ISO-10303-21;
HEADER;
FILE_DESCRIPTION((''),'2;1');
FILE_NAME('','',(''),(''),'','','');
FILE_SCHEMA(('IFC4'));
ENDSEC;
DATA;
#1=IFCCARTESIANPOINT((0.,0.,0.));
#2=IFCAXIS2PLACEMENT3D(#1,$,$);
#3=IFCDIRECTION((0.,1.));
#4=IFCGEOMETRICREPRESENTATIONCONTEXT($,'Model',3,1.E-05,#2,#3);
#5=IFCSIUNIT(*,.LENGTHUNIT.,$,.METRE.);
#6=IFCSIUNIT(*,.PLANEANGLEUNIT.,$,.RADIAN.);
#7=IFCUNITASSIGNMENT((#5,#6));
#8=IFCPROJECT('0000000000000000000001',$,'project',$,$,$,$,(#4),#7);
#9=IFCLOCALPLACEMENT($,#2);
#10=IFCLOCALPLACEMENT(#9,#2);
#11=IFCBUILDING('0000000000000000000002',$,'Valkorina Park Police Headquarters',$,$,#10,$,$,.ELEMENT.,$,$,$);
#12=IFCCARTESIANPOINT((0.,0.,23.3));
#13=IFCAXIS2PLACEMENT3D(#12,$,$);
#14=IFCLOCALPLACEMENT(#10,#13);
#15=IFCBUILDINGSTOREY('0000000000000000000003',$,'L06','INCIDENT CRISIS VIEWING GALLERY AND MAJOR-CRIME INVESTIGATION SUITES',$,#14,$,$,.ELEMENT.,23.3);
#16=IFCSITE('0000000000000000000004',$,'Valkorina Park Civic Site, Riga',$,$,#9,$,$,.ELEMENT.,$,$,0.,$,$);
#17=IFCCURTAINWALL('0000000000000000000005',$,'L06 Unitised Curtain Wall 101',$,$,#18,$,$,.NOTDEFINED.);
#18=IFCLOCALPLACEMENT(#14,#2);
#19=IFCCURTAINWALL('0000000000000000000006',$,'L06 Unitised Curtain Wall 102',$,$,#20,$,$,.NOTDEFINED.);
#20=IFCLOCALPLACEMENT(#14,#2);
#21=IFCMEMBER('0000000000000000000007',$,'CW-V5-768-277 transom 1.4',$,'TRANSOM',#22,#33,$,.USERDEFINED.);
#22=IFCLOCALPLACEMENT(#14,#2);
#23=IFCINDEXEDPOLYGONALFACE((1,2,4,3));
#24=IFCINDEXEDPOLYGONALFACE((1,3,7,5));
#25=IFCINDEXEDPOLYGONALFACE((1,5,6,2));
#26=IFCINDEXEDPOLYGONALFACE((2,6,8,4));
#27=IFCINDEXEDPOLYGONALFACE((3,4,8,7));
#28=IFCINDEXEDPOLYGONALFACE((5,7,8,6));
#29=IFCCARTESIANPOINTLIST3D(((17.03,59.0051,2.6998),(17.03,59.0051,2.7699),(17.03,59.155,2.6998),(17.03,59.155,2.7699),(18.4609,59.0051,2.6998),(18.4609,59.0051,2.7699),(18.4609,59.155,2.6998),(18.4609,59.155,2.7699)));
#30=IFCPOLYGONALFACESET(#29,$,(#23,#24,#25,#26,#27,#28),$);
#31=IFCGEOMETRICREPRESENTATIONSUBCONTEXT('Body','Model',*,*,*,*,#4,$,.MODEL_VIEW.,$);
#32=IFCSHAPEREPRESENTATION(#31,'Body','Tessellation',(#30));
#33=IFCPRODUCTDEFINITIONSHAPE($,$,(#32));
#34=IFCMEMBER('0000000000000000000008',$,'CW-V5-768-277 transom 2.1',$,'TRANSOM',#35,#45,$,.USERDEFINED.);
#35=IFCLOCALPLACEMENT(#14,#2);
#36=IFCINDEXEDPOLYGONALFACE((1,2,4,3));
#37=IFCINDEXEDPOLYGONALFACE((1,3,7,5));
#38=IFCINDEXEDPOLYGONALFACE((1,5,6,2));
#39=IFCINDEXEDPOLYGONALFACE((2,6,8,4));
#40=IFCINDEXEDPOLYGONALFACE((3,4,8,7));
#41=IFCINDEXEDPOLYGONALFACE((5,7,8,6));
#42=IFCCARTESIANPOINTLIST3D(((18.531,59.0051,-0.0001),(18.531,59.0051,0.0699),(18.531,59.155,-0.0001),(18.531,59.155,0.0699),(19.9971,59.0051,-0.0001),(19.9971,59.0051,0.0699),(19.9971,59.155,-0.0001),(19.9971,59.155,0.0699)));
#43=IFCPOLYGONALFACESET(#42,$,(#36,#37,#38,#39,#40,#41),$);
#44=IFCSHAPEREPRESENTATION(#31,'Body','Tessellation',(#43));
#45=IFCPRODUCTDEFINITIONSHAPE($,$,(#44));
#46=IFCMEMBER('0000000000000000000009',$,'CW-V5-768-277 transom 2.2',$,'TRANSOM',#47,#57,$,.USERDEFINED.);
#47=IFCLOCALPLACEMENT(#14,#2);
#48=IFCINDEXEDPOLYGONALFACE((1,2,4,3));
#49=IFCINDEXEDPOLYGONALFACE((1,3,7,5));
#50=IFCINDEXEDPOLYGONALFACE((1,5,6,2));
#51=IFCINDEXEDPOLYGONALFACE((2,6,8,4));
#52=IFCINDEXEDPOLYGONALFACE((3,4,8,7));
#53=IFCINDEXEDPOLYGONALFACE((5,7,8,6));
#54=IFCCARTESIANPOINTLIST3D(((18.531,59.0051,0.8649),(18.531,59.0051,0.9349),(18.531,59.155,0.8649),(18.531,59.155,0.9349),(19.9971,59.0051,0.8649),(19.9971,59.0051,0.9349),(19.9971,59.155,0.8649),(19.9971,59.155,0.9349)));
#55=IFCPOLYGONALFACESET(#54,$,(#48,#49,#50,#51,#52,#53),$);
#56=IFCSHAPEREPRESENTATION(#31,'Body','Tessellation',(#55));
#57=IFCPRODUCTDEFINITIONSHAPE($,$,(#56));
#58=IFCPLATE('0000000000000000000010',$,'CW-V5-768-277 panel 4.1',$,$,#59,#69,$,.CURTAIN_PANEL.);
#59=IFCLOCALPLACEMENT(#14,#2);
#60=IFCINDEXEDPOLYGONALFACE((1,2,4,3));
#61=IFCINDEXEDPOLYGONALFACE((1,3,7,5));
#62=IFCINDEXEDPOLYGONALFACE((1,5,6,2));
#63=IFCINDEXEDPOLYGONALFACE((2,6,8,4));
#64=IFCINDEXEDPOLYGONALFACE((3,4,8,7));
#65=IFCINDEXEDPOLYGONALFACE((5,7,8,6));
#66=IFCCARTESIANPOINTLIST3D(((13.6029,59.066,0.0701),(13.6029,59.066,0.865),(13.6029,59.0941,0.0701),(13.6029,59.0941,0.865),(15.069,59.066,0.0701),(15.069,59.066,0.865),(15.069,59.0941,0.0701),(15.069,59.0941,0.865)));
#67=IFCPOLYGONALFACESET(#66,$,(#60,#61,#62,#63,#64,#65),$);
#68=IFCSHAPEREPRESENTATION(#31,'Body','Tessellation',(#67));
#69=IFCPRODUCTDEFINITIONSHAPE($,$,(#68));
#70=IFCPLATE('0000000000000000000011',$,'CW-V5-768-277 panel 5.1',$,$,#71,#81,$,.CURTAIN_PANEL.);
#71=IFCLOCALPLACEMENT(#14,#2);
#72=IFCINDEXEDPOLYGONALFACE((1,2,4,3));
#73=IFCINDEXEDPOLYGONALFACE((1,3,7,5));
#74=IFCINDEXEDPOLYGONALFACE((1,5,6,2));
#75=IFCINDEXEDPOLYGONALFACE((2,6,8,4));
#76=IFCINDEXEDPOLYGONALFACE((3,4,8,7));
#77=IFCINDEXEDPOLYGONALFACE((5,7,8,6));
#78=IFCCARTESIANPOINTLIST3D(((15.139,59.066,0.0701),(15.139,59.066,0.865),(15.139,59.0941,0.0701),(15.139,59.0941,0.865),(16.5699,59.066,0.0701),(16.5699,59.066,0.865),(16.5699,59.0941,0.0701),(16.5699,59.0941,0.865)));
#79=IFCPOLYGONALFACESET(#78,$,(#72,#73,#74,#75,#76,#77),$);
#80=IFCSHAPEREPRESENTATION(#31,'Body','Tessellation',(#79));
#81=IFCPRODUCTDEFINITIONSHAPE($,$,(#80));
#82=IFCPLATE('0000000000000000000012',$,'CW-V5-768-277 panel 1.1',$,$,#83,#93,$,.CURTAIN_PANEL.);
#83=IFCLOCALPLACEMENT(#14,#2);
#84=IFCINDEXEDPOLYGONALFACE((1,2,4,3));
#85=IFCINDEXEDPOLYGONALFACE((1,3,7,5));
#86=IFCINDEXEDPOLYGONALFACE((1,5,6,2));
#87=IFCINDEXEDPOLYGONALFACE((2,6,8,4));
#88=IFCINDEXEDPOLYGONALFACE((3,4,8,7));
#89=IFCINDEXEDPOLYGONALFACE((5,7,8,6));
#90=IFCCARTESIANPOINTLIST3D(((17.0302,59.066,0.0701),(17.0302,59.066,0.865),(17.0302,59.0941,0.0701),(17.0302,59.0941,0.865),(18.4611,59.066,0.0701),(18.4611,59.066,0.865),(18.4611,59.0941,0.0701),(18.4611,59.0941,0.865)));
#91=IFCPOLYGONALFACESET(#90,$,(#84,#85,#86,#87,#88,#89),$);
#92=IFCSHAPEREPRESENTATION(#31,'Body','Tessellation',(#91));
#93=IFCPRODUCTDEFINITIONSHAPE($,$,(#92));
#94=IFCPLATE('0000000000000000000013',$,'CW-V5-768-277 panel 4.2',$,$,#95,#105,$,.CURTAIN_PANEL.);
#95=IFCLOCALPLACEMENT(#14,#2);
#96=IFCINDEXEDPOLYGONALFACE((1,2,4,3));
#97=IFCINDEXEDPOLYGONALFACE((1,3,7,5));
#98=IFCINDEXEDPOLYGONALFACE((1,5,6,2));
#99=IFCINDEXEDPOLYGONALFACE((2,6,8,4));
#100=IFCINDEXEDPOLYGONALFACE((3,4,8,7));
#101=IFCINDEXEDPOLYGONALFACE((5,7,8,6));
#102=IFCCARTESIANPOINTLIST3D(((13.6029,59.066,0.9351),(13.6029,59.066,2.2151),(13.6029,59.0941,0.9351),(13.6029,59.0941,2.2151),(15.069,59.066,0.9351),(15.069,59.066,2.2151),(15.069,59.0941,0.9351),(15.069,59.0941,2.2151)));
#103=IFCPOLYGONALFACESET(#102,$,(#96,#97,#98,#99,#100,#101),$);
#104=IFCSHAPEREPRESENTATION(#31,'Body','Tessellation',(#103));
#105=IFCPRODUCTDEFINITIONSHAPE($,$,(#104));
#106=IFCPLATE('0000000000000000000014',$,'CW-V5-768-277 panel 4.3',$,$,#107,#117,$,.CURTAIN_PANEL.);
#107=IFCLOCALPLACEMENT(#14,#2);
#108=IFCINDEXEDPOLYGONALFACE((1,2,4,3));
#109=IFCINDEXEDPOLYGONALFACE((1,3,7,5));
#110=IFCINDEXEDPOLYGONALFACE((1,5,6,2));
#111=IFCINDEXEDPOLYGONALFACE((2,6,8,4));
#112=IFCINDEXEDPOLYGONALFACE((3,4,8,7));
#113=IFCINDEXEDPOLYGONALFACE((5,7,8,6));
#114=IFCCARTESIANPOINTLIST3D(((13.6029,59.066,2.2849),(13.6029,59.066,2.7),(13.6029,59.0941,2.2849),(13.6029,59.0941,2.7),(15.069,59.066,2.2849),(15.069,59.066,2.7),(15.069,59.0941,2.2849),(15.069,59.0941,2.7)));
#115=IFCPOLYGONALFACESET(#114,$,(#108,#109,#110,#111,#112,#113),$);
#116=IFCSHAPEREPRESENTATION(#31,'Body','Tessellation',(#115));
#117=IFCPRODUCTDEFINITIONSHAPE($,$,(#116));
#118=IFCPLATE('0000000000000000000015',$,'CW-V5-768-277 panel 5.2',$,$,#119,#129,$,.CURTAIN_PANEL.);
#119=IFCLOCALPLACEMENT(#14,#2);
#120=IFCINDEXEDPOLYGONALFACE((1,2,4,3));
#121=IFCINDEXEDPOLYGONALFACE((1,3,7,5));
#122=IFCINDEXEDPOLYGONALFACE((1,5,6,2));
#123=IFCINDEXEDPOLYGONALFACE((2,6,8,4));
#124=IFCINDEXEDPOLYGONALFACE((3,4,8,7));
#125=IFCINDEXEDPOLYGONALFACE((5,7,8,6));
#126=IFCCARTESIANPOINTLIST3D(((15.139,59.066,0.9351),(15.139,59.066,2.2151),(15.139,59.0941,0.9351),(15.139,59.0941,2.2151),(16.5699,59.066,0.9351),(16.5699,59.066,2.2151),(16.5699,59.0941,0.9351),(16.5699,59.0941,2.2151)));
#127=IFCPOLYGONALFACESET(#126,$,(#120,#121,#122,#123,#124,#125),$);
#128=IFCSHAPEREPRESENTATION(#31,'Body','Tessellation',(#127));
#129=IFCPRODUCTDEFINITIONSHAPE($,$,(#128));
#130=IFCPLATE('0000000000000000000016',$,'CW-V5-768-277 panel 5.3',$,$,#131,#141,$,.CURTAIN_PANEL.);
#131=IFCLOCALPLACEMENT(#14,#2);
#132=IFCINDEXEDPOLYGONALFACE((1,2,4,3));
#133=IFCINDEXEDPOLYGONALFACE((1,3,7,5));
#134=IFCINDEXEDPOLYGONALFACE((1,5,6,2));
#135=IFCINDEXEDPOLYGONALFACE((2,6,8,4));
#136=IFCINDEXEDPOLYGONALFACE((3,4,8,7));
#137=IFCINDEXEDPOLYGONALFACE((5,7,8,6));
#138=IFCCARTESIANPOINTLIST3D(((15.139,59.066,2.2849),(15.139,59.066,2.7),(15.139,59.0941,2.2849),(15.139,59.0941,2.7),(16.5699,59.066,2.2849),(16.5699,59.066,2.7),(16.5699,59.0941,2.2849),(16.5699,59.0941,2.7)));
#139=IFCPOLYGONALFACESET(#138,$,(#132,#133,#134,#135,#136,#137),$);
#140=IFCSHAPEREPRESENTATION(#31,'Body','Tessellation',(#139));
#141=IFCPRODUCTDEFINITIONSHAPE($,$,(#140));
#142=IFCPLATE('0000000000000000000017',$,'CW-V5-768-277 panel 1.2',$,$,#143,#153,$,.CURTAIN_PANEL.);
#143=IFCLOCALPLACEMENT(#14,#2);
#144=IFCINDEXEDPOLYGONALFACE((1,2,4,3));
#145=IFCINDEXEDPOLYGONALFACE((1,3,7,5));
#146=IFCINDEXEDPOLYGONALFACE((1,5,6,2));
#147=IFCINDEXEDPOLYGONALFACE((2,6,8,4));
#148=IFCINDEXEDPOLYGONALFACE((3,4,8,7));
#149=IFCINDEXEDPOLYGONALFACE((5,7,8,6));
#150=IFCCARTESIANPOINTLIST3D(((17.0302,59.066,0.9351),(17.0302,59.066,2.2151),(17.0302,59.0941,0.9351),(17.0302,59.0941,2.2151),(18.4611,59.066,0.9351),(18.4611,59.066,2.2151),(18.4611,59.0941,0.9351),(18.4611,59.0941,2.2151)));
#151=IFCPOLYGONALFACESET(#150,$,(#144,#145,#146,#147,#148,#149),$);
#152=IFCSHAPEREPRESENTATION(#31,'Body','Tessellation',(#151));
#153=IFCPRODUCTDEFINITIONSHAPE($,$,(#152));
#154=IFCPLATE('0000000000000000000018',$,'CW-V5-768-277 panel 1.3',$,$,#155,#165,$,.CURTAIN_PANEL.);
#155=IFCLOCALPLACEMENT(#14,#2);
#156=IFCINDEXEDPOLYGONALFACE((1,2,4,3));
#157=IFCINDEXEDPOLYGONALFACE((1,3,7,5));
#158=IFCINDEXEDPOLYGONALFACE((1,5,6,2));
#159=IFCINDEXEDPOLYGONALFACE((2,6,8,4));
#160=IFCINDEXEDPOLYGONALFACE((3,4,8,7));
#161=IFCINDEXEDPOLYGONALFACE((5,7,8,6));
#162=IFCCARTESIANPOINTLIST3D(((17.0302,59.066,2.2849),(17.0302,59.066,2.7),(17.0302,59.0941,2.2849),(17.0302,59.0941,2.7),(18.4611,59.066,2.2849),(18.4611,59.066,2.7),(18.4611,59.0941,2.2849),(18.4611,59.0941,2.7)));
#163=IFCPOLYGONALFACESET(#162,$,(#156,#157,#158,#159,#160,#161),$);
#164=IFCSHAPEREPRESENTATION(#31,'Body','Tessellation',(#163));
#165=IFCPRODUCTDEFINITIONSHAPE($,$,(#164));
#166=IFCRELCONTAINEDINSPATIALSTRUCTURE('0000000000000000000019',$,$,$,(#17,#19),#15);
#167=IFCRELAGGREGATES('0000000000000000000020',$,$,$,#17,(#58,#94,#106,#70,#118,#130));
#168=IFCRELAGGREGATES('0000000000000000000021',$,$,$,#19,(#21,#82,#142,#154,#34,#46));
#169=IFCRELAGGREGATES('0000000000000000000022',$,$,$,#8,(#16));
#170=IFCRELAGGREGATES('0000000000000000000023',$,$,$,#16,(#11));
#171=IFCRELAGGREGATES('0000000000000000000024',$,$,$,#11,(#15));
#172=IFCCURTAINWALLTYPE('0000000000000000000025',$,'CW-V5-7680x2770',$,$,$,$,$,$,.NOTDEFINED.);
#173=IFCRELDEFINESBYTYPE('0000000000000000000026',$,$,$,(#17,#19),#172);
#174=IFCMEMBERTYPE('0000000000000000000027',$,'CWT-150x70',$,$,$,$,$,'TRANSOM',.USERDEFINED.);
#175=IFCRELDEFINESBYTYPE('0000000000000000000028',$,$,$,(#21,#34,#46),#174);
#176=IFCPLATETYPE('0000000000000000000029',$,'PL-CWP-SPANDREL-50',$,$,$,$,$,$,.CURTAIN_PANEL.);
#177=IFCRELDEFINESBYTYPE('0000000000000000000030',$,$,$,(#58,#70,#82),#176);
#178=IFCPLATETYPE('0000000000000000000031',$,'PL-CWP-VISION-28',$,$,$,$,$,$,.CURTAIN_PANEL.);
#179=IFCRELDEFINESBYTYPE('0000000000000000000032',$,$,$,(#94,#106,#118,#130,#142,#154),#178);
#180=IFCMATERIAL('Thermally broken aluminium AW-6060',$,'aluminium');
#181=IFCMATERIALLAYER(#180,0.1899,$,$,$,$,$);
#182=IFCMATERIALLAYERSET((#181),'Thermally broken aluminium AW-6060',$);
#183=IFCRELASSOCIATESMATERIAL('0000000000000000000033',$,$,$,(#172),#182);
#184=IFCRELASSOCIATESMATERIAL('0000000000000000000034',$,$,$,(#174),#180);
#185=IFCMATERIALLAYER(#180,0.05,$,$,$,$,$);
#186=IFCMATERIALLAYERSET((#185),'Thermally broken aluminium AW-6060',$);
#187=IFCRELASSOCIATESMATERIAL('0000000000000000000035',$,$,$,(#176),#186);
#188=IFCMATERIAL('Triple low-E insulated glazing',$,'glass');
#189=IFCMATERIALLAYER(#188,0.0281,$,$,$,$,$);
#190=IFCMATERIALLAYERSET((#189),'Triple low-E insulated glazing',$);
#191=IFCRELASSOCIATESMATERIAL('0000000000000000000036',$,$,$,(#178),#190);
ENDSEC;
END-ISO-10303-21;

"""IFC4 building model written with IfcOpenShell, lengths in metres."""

from ifc_helpers import new_model, si_unit, direction, frame, origin, origin_2d, place, context, subcontext, project, spatial, rectangle, extrude, material, layer, layer_set, material_profile, profile_set, type_object, element, aggregate, save


model = new_model("IFC4")

# Units and contexts
model_context = context("Model", 3, precision=1e-05, world=origin(), true_north=direction((0.0, 1.0)))
body_context = subcontext(model_context, "Body", "Model", "MODEL_VIEW")
ifc_project = project(units=[si_unit("LENGTHUNIT", "METRE"), si_unit("PLANEANGLEUNIT", "RADIAN")], contexts=[model_context])

# Site, building, storey
site_placement = place(None, origin())
site = spatial("IfcSite", under=ifc_project, at=site_placement, Name="Valkorina Park Civic Site, Riga", CompositionType="ELEMENT", RefElevation=0.0)
building_placement = place(site_placement, origin())
building = spatial("IfcBuilding", under=site, at=building_placement, Name="Valkorina Park Police Headquarters", CompositionType="ELEMENT")
storey_placement = place(building_placement, frame((0.0, 0.0, 23.3)))
storey = spatial("IfcBuildingStorey", under=building, at=storey_placement, Name="L06", Description="INCIDENT CRISIS VIEWING GALLERY AND MAJOR-CRIME INVESTIGATION SUITES", CompositionType="ELEMENT", Elevation=23.3)

# Curtain walls
ifc_material_1 = material(Name="Thermally broken aluminium AW-6060", Category="aluminium")
ifc_layer_1 = layer(ifc_material_1, 0.1899)
ifc_layer_set_1 = layer_set([ifc_layer_1], Name="Thermally broken aluminium AW-6060")
curtain_wall_type = type_object("IfcCurtainWallType", Name="CW-V5-7680x2770", PredefinedType="NOTDEFINED", material=ifc_layer_set_1)
curtain_wall_1_placement = place(storey_placement, origin())
curtain_wall_1 = element("IfcCurtainWall", 1, at=curtain_wall_1_placement, inside=storey, type_object=curtain_wall_type, Name="L06 Unitised Curtain Wall 101", PredefinedType="NOTDEFINED")
curtain_wall_2_placement = place(storey_placement, origin())
curtain_wall_2 = element("IfcCurtainWall", 2, at=curtain_wall_2_placement, inside=storey, type_object=curtain_wall_type, Name="L06 Unitised Curtain Wall 102", PredefinedType="NOTDEFINED")

# Members
ifc_material_profile_1 = material_profile(ifc_material_1, rectangle(XDim=0.1499, YDim=0.0701, at=origin_2d()), Name="CWT-02 150x70")
ifc_profile_set_1 = profile_set([ifc_material_profile_1], Name="Thermally broken aluminium AW-6060")
member_type_1 = type_object("IfcMemberType", Name="CWT-150x70", ElementType="TRANSOM", PredefinedType="USERDEFINED", material=ifc_profile_set_1)
member_1_placement = place(storey_placement, frame((17.03, 59.0801, 2.7349), z_axis=(1.0, 0.0, 0.0), x_axis=(0.0, 1.0, 0.0)))
member_1 = element("IfcMember", 3, at=member_1_placement, type_object=member_type_1, Name="CW-V5-768-277 transom 1.4", ObjectType="TRANSOM", PredefinedType="USERDEFINED", context=body_context, shape_type="SweptSolid", body=[
    extrude(rectangle(XDim=0.1499, YDim=0.0701, at=origin_2d()), origin(), (0.0, 0.0, 1.0), 1.4309),
])
member_2_placement = place(storey_placement, frame((18.531, 59.0801, 0.0349), z_axis=(1.0, 0.0, 0.0), x_axis=(0.0, 1.0, 0.0)))
member_2 = element("IfcMember", 4, at=member_2_placement, type_object=member_type_1, Name="CW-V5-768-277 transom 2.1", ObjectType="TRANSOM", PredefinedType="USERDEFINED", context=body_context, shape_type="SweptSolid", body=[
    extrude(rectangle(XDim=0.1499, YDim=0.0701, at=origin_2d()), origin(), (0.0, 0.0, 1.0), 1.4661),
])
member_3_placement = place(storey_placement, frame((18.531, 59.0801, 0.8999), z_axis=(1.0, 0.0, 0.0), x_axis=(0.0, 1.0, 0.0)))
member_3 = element("IfcMember", 5, at=member_3_placement, type_object=member_type_1, Name="CW-V5-768-277 transom 2.2", ObjectType="TRANSOM", PredefinedType="USERDEFINED", context=body_context, shape_type="SweptSolid", body=[
    extrude(rectangle(XDim=0.1499, YDim=0.0701, at=origin_2d()), origin(), (0.0, 0.0, 1.0), 1.4661),
])

# Plates
ifc_layer_2 = layer(ifc_material_1, 0.05)
ifc_layer_set_2 = layer_set([ifc_layer_2], Name="Thermally broken aluminium AW-6060")
plate_type_1 = type_object("IfcPlateType", Name="PL-CWP-SPANDREL-50", PredefinedType="CURTAIN_PANEL", material=ifc_layer_set_2)
plate_1_placement = place(storey_placement, frame((14.3359, 59.0801, 0.0701), z_axis=(0.0, 0.0, 1.0), x_axis=(1.0, 0.0, 0.0)))
plate_1 = element("IfcPlate", 6, at=plate_1_placement, type_object=plate_type_1, Name="CW-V5-768-277 panel 4.1", PredefinedType="CURTAIN_PANEL", context=body_context, shape_type="SweptSolid", body=[
    extrude(rectangle(XDim=1.4661, YDim=0.0281, at=origin_2d()), origin(), (0.0, 0.0, 1.0), 0.7949),
])
plate_2_placement = place(storey_placement, frame((15.8545, 59.0801, 0.0701), z_axis=(0.0, 0.0, 1.0), x_axis=(1.0, 0.0, 0.0)))
plate_2 = element("IfcPlate", 7, at=plate_2_placement, type_object=plate_type_1, Name="CW-V5-768-277 panel 5.1", PredefinedType="CURTAIN_PANEL", context=body_context, shape_type="SweptSolid", body=[
    extrude(rectangle(XDim=1.4309, YDim=0.0281, at=origin_2d()), origin(), (0.0, 0.0, 1.0), 0.7949),
])
plate_3_placement = place(storey_placement, frame((17.7456, 59.0801, 0.0701), z_axis=(0.0, 0.0, 1.0), x_axis=(1.0, 0.0, 0.0)))
plate_3 = element("IfcPlate", 8, at=plate_3_placement, type_object=plate_type_1, Name="CW-V5-768-277 panel 1.1", PredefinedType="CURTAIN_PANEL", context=body_context, shape_type="SweptSolid", body=[
    extrude(rectangle(XDim=1.4309, YDim=0.0281, at=origin_2d()), origin(), (0.0, 0.0, 1.0), 0.7949),
])
ifc_material_2 = material(Name="Triple low-E insulated glazing", Category="glass")
ifc_layer_3 = layer(ifc_material_2, 0.0281)
ifc_layer_set_3 = layer_set([ifc_layer_3], Name="Triple low-E insulated glazing")
plate_type_2 = type_object("IfcPlateType", Name="PL-CWP-VISION-28", PredefinedType="CURTAIN_PANEL", material=ifc_layer_set_3)
plate_4_placement = place(storey_placement, frame((14.3359, 59.0801, 0.9351), z_axis=(0.0, 0.0, 1.0), x_axis=(1.0, 0.0, 0.0)))
plate_4 = element("IfcPlate", 9, at=plate_4_placement, type_object=plate_type_2, Name="CW-V5-768-277 panel 4.2", PredefinedType="CURTAIN_PANEL", context=body_context, shape_type="SweptSolid", body=[
    extrude(rectangle(XDim=1.4661, YDim=0.0281, at=origin_2d()), origin(), (0.0, 0.0, 1.0), 1.28),
])
plate_5_placement = place(storey_placement, frame((14.3359, 59.0801, 2.2849), z_axis=(0.0, 0.0, 1.0), x_axis=(1.0, 0.0, 0.0)))
plate_5 = element("IfcPlate", 10, at=plate_5_placement, type_object=plate_type_2, Name="CW-V5-768-277 panel 4.3", PredefinedType="CURTAIN_PANEL", context=body_context, shape_type="SweptSolid", body=[
    extrude(rectangle(XDim=1.4661, YDim=0.0281, at=origin_2d()), origin(), (0.0, 0.0, 1.0), 0.415),
])
plate_6_placement = place(storey_placement, frame((15.8545, 59.0801, 0.9351), z_axis=(0.0, 0.0, 1.0), x_axis=(1.0, 0.0, 0.0)))
plate_6 = element("IfcPlate", 11, at=plate_6_placement, type_object=plate_type_2, Name="CW-V5-768-277 panel 5.2", PredefinedType="CURTAIN_PANEL", context=body_context, shape_type="SweptSolid", body=[
    extrude(rectangle(XDim=1.4309, YDim=0.0281, at=origin_2d()), origin(), (0.0, 0.0, 1.0), 1.28),
])
plate_7_placement = place(storey_placement, frame((15.8545, 59.0801, 2.2849), z_axis=(0.0, 0.0, 1.0), x_axis=(1.0, 0.0, 0.0)))
plate_7 = element("IfcPlate", 12, at=plate_7_placement, type_object=plate_type_2, Name="CW-V5-768-277 panel 5.3", PredefinedType="CURTAIN_PANEL", context=body_context, shape_type="SweptSolid", body=[
    extrude(rectangle(XDim=1.4309, YDim=0.0281, at=origin_2d()), origin(), (0.0, 0.0, 1.0), 0.415),
])
aggregate(curtain_wall_1, [plate_1, plate_4, plate_5, plate_2, plate_6, plate_7])
plate_8_placement = place(storey_placement, frame((17.7456, 59.0801, 0.9351), z_axis=(0.0, 0.0, 1.0), x_axis=(1.0, 0.0, 0.0)))
plate_8 = element("IfcPlate", 13, at=plate_8_placement, type_object=plate_type_2, Name="CW-V5-768-277 panel 1.2", PredefinedType="CURTAIN_PANEL", context=body_context, shape_type="SweptSolid", body=[
    extrude(rectangle(XDim=1.4309, YDim=0.0281, at=origin_2d()), origin(), (0.0, 0.0, 1.0), 1.28),
])
plate_9_placement = place(storey_placement, frame((17.7456, 59.0801, 2.2849), z_axis=(0.0, 0.0, 1.0), x_axis=(1.0, 0.0, 0.0)))
plate_9 = element("IfcPlate", 14, at=plate_9_placement, type_object=plate_type_2, Name="CW-V5-768-277 panel 1.3", PredefinedType="CURTAIN_PANEL", context=body_context, shape_type="SweptSolid", body=[
    extrude(rectangle(XDim=1.4309, YDim=0.0281, at=origin_2d()), origin(), (0.0, 0.0, 1.0), 0.415),
])
aggregate(curtain_wall_2, [member_1, plate_3, plate_8, plate_9, member_2, member_3])

save(model, "model.ifc")
